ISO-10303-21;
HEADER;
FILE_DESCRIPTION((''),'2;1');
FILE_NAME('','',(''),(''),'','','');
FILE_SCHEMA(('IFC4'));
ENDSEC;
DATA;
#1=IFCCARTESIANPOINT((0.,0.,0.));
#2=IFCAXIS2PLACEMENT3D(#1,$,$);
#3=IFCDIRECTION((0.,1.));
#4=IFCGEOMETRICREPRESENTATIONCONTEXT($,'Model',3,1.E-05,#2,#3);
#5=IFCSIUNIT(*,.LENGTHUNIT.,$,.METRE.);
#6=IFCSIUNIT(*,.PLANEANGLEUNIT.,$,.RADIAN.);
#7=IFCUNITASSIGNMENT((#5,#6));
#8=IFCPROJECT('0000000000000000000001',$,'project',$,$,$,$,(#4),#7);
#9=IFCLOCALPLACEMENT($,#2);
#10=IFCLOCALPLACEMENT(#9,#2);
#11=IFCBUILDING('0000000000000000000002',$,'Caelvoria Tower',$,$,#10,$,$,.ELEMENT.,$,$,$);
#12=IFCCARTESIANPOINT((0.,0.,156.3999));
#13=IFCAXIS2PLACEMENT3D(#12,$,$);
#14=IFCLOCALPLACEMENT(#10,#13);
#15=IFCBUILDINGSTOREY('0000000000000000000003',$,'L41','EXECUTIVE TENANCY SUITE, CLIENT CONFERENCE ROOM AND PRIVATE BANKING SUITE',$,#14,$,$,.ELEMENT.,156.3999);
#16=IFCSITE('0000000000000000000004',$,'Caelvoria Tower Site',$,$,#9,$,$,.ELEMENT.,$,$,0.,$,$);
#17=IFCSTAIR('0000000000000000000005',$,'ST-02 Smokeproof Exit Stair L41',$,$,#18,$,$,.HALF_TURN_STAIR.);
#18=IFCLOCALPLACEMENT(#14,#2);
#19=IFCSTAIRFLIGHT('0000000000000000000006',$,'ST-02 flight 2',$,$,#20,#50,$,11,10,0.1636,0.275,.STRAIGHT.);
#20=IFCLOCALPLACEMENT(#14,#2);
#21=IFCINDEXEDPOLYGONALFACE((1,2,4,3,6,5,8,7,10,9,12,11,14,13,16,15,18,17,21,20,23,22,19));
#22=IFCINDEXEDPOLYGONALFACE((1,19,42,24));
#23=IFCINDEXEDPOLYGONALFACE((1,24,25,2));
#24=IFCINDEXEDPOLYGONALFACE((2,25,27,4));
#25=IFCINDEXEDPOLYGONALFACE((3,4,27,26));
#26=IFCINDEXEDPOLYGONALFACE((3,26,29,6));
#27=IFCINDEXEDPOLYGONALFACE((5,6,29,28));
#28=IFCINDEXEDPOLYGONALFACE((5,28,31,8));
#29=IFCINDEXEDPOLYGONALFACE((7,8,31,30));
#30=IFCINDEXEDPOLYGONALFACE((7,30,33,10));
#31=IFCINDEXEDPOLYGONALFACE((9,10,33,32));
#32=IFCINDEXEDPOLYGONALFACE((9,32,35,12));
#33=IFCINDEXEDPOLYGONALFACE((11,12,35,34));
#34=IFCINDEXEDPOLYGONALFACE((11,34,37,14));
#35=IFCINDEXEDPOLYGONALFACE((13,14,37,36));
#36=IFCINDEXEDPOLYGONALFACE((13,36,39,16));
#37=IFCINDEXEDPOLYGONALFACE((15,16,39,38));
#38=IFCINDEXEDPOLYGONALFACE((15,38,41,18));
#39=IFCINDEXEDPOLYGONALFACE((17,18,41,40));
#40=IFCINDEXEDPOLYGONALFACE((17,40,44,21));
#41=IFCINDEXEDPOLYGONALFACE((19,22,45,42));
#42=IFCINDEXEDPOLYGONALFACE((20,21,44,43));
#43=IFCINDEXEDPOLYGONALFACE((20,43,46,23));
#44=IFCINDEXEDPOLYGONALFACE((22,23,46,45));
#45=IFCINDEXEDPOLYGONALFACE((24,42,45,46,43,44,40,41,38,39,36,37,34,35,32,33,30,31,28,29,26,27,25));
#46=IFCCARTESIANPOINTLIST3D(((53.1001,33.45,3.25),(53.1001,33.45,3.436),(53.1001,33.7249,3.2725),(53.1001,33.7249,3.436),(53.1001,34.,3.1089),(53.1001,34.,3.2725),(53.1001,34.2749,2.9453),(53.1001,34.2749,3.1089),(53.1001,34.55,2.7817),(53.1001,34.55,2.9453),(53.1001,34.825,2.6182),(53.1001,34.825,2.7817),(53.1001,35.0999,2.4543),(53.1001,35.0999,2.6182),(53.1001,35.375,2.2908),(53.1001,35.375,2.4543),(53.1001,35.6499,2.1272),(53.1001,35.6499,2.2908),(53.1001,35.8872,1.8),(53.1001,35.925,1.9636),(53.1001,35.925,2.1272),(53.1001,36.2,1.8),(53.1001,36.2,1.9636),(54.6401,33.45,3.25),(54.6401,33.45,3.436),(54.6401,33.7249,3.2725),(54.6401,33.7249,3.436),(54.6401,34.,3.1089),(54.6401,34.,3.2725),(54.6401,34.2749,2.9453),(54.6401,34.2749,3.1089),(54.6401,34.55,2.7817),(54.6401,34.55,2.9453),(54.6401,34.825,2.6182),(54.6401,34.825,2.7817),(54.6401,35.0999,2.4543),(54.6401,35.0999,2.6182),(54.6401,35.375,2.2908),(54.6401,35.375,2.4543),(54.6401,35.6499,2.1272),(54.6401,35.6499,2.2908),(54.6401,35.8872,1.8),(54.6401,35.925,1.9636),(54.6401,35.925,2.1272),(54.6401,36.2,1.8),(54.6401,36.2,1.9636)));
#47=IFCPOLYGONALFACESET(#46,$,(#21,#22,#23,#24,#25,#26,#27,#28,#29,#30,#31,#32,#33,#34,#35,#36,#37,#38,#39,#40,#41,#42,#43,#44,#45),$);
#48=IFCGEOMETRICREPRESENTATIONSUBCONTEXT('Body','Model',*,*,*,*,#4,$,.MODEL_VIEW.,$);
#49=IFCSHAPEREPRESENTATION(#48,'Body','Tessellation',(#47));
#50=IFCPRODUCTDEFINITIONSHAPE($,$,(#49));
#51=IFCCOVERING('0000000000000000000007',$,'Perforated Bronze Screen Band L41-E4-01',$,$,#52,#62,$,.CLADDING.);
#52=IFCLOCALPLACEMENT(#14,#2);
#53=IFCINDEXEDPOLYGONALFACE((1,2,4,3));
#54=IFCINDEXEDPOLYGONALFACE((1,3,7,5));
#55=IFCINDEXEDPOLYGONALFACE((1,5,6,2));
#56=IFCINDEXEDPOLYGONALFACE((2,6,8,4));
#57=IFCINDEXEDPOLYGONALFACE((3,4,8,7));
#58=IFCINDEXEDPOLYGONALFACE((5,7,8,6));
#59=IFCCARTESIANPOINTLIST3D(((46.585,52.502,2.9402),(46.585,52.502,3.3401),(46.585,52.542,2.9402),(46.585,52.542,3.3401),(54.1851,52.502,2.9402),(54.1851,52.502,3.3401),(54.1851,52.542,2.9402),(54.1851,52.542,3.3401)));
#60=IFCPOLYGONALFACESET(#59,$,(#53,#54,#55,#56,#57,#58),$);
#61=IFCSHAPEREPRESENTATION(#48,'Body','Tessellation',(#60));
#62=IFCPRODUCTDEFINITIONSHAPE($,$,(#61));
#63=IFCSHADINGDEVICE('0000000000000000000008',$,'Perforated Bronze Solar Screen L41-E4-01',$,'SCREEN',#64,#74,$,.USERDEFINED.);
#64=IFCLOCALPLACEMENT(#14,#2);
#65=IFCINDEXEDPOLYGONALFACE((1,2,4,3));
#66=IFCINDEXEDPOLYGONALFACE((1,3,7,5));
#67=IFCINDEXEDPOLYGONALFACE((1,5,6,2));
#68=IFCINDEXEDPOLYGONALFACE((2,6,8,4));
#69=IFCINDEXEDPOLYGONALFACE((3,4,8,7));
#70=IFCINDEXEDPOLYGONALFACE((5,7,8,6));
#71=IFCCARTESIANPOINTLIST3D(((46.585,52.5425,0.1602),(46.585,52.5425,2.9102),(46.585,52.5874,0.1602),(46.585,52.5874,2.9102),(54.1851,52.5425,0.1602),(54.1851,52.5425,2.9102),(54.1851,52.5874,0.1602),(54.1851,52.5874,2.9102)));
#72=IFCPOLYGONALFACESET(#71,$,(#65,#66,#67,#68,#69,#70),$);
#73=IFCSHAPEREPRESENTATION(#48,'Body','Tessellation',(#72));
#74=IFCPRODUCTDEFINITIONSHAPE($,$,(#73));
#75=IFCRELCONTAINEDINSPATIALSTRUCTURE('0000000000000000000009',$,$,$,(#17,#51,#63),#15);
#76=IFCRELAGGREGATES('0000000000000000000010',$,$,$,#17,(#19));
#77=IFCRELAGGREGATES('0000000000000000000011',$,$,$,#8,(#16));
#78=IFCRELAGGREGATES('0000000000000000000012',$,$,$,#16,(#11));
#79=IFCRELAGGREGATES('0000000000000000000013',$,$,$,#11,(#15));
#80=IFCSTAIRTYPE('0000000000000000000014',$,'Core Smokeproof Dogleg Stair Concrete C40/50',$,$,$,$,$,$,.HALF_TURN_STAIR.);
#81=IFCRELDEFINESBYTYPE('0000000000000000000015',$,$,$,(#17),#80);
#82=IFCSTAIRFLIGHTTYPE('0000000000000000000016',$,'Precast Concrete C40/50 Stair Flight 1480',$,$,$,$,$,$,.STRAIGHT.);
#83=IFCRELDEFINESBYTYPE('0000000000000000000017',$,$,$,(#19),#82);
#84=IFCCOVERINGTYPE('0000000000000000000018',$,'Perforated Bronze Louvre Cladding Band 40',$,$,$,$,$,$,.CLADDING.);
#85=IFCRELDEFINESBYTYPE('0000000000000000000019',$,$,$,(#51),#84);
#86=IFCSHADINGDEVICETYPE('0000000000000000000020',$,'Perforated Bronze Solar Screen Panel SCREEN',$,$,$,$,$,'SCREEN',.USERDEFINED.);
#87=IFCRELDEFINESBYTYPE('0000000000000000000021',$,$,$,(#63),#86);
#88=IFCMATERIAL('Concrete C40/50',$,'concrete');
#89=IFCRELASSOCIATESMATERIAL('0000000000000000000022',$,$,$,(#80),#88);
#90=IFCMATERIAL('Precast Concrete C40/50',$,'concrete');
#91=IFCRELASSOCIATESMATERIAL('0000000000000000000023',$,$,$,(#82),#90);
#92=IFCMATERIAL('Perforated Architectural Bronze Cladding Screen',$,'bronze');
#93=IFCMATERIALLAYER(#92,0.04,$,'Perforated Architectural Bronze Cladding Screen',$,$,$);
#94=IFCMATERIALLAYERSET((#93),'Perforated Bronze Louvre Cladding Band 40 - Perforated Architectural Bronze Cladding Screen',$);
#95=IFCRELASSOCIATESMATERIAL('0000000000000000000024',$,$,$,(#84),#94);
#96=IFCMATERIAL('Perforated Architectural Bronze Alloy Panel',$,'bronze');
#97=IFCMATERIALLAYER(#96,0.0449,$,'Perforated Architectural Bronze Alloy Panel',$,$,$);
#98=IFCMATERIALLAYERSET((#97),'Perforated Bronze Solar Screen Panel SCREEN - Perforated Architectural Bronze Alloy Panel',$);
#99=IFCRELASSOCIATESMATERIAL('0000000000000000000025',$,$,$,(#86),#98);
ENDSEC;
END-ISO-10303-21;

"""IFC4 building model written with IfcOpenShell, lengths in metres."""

from ifc_helpers import new_model, si_unit, direction, frame, origin, origin_2d, place, context, subcontext, project, spatial, polyline, rectangle, outline, extrude, material, layer, layer_set, type_object, element, aggregate, save


model = new_model("IFC4")

# Units and contexts
model_context = context("Model", 3, precision=1e-05, world=origin(), true_north=direction((0.0, 1.0)))
body_context = subcontext(model_context, "Body", "Model", "MODEL_VIEW")
ifc_project = project(units=[si_unit("LENGTHUNIT", "METRE"), si_unit("PLANEANGLEUNIT", "RADIAN")], contexts=[model_context])

# Site, building, storey
site_placement = place(None, origin())
site = spatial("IfcSite", under=ifc_project, at=site_placement, Name="Caelvoria Tower Site", CompositionType="ELEMENT", RefElevation=0.0)
building_placement = place(site_placement, origin())
building = spatial("IfcBuilding", under=site, at=building_placement, Name="Caelvoria Tower", CompositionType="ELEMENT")
storey_placement = place(building_placement, frame((0.0, 0.0, 156.3999)))
storey = spatial("IfcBuildingStorey", under=building, at=storey_placement, Name="L41", Description="EXECUTIVE TENANCY SUITE, CLIENT CONFERENCE ROOM AND PRIVATE BANKING SUITE", CompositionType="ELEMENT", Elevation=156.3999)

# Stair, stair flight
ifc_material_1 = material(Name="Concrete C40/50", Category="concrete")
stair_type = type_object("IfcStairType", Name="Core Smokeproof Dogleg Stair Concrete C40/50", PredefinedType="HALF_TURN_STAIR", material=ifc_material_1)
stair_placement = place(storey_placement, origin())
stair = element("IfcStair", 1, at=stair_placement, inside=storey, type_object=stair_type, Name="ST-02 Smokeproof Exit Stair L41", PredefinedType="HALF_TURN_STAIR")
ifc_material_2 = material(Name="Precast Concrete C40/50", Category="concrete")
stair_flight_type = type_object("IfcStairFlightType", Name="Precast Concrete C40/50 Stair Flight 1480", PredefinedType="STRAIGHT", material=ifc_material_2)
stair_flight_1_placement = place(storey_placement, frame((53.8701, 36.2, 1.8), z_axis=(0.0, 0.0, 1.0), x_axis=(0.0, -1.0, 0.0)))
stair_flight_1 = element("IfcStairFlight", 2, at=stair_flight_1_placement, type_object=stair_flight_type, Name="ST-02 flight 2", NumberOfRisers=11, NumberOfTreads=10, PredefinedType="STRAIGHT", RiserHeight=0.1636, TreadLength=0.275, context=body_context, shape_type="SweptSolid", body=[
    extrude(outline(polyline([(0.0, 0.0), (0.0, 0.1636), (0.2749, 0.1636), (0.2749, 0.3271), (0.55, 0.3271), (0.55, 0.4907), (0.825, 0.4907), (0.825, 0.6543), (1.1001, 0.6543), (1.1001, 0.8181), (1.375, 0.8181), (1.375, 0.9817), (1.6499, 0.9817), (1.6499, 1.1453), (1.925, 1.1453), (1.925, 1.3088), (2.2, 1.3088), (2.2, 1.4724), (2.4751, 1.4724), (2.4751, 1.636), (2.75, 1.636), (2.75, 1.7996), (2.75, 1.45), (0.3127, 0.0), (0.0, 0.0)])), frame((0.0, 0.77, 0.0), z_axis=(0.0, -1.0, 0.0), x_axis=(1.0, 0.0, 0.0)), (0.0, 0.0, 1.0), 1.54),
])
aggregate(stair, [stair_flight_1])

# Covering
ifc_material_3 = material(Name="Perforated Architectural Bronze Cladding Screen", Category="bronze")
ifc_layer_1 = layer(ifc_material_3, 0.04, Name="Perforated Architectural Bronze Cladding Screen")
ifc_layer_set_1 = layer_set([ifc_layer_1], Name="Perforated Bronze Louvre Cladding Band 40 - Perforated Architectural Bronze Cladding Screen")
covering_type = type_object("IfcCoveringType", Name="Perforated Bronze Louvre Cladding Band 40", PredefinedType="CLADDING", material=ifc_layer_set_1)
covering_placement = place(storey_placement, frame((50.385, 52.522, 2.9402), z_axis=(0.0, 0.0, 1.0), x_axis=(-1.0, 0.0, 0.0)))
element("IfcCovering", 3, at=covering_placement, inside=storey, type_object=covering_type, Name="Perforated Bronze Screen Band L41-E4-01", PredefinedType="CLADDING", context=body_context, shape_type="SweptSolid", body=[
    extrude(rectangle(XDim=7.6001, YDim=0.04, at=origin_2d()), origin(), (0.0, 0.0, 1.0), 0.3999),
])

# Shading device
ifc_material_4 = material(Name="Perforated Architectural Bronze Alloy Panel", Category="bronze")
ifc_layer_2 = layer(ifc_material_4, 0.0449, Name="Perforated Architectural Bronze Alloy Panel")
ifc_layer_set_2 = layer_set([ifc_layer_2], Name="Perforated Bronze Solar Screen Panel SCREEN - Perforated Architectural Bronze Alloy Panel")
shading_device_type = type_object("IfcShadingDeviceType", Name="Perforated Bronze Solar Screen Panel SCREEN", ElementType="SCREEN", PredefinedType="USERDEFINED", material=ifc_layer_set_2)
shading_device_placement = place(storey_placement, frame((50.385, 52.5649, 0.1602), z_axis=(0.0, 0.0, 1.0), x_axis=(-1.0, 0.0, 0.0)))
element("IfcShadingDevice", 4, at=shading_device_placement, inside=storey, type_object=shading_device_type, Name="Perforated Bronze Solar Screen L41-E4-01", ObjectType="SCREEN", PredefinedType="USERDEFINED", context=body_context, shape_type="SweptSolid", body=[
    extrude(rectangle(XDim=7.6001, YDim=0.0449, at=origin_2d()), origin(), (0.0, 0.0, 1.0), 2.75),
])

save(model, "model.ifc")
